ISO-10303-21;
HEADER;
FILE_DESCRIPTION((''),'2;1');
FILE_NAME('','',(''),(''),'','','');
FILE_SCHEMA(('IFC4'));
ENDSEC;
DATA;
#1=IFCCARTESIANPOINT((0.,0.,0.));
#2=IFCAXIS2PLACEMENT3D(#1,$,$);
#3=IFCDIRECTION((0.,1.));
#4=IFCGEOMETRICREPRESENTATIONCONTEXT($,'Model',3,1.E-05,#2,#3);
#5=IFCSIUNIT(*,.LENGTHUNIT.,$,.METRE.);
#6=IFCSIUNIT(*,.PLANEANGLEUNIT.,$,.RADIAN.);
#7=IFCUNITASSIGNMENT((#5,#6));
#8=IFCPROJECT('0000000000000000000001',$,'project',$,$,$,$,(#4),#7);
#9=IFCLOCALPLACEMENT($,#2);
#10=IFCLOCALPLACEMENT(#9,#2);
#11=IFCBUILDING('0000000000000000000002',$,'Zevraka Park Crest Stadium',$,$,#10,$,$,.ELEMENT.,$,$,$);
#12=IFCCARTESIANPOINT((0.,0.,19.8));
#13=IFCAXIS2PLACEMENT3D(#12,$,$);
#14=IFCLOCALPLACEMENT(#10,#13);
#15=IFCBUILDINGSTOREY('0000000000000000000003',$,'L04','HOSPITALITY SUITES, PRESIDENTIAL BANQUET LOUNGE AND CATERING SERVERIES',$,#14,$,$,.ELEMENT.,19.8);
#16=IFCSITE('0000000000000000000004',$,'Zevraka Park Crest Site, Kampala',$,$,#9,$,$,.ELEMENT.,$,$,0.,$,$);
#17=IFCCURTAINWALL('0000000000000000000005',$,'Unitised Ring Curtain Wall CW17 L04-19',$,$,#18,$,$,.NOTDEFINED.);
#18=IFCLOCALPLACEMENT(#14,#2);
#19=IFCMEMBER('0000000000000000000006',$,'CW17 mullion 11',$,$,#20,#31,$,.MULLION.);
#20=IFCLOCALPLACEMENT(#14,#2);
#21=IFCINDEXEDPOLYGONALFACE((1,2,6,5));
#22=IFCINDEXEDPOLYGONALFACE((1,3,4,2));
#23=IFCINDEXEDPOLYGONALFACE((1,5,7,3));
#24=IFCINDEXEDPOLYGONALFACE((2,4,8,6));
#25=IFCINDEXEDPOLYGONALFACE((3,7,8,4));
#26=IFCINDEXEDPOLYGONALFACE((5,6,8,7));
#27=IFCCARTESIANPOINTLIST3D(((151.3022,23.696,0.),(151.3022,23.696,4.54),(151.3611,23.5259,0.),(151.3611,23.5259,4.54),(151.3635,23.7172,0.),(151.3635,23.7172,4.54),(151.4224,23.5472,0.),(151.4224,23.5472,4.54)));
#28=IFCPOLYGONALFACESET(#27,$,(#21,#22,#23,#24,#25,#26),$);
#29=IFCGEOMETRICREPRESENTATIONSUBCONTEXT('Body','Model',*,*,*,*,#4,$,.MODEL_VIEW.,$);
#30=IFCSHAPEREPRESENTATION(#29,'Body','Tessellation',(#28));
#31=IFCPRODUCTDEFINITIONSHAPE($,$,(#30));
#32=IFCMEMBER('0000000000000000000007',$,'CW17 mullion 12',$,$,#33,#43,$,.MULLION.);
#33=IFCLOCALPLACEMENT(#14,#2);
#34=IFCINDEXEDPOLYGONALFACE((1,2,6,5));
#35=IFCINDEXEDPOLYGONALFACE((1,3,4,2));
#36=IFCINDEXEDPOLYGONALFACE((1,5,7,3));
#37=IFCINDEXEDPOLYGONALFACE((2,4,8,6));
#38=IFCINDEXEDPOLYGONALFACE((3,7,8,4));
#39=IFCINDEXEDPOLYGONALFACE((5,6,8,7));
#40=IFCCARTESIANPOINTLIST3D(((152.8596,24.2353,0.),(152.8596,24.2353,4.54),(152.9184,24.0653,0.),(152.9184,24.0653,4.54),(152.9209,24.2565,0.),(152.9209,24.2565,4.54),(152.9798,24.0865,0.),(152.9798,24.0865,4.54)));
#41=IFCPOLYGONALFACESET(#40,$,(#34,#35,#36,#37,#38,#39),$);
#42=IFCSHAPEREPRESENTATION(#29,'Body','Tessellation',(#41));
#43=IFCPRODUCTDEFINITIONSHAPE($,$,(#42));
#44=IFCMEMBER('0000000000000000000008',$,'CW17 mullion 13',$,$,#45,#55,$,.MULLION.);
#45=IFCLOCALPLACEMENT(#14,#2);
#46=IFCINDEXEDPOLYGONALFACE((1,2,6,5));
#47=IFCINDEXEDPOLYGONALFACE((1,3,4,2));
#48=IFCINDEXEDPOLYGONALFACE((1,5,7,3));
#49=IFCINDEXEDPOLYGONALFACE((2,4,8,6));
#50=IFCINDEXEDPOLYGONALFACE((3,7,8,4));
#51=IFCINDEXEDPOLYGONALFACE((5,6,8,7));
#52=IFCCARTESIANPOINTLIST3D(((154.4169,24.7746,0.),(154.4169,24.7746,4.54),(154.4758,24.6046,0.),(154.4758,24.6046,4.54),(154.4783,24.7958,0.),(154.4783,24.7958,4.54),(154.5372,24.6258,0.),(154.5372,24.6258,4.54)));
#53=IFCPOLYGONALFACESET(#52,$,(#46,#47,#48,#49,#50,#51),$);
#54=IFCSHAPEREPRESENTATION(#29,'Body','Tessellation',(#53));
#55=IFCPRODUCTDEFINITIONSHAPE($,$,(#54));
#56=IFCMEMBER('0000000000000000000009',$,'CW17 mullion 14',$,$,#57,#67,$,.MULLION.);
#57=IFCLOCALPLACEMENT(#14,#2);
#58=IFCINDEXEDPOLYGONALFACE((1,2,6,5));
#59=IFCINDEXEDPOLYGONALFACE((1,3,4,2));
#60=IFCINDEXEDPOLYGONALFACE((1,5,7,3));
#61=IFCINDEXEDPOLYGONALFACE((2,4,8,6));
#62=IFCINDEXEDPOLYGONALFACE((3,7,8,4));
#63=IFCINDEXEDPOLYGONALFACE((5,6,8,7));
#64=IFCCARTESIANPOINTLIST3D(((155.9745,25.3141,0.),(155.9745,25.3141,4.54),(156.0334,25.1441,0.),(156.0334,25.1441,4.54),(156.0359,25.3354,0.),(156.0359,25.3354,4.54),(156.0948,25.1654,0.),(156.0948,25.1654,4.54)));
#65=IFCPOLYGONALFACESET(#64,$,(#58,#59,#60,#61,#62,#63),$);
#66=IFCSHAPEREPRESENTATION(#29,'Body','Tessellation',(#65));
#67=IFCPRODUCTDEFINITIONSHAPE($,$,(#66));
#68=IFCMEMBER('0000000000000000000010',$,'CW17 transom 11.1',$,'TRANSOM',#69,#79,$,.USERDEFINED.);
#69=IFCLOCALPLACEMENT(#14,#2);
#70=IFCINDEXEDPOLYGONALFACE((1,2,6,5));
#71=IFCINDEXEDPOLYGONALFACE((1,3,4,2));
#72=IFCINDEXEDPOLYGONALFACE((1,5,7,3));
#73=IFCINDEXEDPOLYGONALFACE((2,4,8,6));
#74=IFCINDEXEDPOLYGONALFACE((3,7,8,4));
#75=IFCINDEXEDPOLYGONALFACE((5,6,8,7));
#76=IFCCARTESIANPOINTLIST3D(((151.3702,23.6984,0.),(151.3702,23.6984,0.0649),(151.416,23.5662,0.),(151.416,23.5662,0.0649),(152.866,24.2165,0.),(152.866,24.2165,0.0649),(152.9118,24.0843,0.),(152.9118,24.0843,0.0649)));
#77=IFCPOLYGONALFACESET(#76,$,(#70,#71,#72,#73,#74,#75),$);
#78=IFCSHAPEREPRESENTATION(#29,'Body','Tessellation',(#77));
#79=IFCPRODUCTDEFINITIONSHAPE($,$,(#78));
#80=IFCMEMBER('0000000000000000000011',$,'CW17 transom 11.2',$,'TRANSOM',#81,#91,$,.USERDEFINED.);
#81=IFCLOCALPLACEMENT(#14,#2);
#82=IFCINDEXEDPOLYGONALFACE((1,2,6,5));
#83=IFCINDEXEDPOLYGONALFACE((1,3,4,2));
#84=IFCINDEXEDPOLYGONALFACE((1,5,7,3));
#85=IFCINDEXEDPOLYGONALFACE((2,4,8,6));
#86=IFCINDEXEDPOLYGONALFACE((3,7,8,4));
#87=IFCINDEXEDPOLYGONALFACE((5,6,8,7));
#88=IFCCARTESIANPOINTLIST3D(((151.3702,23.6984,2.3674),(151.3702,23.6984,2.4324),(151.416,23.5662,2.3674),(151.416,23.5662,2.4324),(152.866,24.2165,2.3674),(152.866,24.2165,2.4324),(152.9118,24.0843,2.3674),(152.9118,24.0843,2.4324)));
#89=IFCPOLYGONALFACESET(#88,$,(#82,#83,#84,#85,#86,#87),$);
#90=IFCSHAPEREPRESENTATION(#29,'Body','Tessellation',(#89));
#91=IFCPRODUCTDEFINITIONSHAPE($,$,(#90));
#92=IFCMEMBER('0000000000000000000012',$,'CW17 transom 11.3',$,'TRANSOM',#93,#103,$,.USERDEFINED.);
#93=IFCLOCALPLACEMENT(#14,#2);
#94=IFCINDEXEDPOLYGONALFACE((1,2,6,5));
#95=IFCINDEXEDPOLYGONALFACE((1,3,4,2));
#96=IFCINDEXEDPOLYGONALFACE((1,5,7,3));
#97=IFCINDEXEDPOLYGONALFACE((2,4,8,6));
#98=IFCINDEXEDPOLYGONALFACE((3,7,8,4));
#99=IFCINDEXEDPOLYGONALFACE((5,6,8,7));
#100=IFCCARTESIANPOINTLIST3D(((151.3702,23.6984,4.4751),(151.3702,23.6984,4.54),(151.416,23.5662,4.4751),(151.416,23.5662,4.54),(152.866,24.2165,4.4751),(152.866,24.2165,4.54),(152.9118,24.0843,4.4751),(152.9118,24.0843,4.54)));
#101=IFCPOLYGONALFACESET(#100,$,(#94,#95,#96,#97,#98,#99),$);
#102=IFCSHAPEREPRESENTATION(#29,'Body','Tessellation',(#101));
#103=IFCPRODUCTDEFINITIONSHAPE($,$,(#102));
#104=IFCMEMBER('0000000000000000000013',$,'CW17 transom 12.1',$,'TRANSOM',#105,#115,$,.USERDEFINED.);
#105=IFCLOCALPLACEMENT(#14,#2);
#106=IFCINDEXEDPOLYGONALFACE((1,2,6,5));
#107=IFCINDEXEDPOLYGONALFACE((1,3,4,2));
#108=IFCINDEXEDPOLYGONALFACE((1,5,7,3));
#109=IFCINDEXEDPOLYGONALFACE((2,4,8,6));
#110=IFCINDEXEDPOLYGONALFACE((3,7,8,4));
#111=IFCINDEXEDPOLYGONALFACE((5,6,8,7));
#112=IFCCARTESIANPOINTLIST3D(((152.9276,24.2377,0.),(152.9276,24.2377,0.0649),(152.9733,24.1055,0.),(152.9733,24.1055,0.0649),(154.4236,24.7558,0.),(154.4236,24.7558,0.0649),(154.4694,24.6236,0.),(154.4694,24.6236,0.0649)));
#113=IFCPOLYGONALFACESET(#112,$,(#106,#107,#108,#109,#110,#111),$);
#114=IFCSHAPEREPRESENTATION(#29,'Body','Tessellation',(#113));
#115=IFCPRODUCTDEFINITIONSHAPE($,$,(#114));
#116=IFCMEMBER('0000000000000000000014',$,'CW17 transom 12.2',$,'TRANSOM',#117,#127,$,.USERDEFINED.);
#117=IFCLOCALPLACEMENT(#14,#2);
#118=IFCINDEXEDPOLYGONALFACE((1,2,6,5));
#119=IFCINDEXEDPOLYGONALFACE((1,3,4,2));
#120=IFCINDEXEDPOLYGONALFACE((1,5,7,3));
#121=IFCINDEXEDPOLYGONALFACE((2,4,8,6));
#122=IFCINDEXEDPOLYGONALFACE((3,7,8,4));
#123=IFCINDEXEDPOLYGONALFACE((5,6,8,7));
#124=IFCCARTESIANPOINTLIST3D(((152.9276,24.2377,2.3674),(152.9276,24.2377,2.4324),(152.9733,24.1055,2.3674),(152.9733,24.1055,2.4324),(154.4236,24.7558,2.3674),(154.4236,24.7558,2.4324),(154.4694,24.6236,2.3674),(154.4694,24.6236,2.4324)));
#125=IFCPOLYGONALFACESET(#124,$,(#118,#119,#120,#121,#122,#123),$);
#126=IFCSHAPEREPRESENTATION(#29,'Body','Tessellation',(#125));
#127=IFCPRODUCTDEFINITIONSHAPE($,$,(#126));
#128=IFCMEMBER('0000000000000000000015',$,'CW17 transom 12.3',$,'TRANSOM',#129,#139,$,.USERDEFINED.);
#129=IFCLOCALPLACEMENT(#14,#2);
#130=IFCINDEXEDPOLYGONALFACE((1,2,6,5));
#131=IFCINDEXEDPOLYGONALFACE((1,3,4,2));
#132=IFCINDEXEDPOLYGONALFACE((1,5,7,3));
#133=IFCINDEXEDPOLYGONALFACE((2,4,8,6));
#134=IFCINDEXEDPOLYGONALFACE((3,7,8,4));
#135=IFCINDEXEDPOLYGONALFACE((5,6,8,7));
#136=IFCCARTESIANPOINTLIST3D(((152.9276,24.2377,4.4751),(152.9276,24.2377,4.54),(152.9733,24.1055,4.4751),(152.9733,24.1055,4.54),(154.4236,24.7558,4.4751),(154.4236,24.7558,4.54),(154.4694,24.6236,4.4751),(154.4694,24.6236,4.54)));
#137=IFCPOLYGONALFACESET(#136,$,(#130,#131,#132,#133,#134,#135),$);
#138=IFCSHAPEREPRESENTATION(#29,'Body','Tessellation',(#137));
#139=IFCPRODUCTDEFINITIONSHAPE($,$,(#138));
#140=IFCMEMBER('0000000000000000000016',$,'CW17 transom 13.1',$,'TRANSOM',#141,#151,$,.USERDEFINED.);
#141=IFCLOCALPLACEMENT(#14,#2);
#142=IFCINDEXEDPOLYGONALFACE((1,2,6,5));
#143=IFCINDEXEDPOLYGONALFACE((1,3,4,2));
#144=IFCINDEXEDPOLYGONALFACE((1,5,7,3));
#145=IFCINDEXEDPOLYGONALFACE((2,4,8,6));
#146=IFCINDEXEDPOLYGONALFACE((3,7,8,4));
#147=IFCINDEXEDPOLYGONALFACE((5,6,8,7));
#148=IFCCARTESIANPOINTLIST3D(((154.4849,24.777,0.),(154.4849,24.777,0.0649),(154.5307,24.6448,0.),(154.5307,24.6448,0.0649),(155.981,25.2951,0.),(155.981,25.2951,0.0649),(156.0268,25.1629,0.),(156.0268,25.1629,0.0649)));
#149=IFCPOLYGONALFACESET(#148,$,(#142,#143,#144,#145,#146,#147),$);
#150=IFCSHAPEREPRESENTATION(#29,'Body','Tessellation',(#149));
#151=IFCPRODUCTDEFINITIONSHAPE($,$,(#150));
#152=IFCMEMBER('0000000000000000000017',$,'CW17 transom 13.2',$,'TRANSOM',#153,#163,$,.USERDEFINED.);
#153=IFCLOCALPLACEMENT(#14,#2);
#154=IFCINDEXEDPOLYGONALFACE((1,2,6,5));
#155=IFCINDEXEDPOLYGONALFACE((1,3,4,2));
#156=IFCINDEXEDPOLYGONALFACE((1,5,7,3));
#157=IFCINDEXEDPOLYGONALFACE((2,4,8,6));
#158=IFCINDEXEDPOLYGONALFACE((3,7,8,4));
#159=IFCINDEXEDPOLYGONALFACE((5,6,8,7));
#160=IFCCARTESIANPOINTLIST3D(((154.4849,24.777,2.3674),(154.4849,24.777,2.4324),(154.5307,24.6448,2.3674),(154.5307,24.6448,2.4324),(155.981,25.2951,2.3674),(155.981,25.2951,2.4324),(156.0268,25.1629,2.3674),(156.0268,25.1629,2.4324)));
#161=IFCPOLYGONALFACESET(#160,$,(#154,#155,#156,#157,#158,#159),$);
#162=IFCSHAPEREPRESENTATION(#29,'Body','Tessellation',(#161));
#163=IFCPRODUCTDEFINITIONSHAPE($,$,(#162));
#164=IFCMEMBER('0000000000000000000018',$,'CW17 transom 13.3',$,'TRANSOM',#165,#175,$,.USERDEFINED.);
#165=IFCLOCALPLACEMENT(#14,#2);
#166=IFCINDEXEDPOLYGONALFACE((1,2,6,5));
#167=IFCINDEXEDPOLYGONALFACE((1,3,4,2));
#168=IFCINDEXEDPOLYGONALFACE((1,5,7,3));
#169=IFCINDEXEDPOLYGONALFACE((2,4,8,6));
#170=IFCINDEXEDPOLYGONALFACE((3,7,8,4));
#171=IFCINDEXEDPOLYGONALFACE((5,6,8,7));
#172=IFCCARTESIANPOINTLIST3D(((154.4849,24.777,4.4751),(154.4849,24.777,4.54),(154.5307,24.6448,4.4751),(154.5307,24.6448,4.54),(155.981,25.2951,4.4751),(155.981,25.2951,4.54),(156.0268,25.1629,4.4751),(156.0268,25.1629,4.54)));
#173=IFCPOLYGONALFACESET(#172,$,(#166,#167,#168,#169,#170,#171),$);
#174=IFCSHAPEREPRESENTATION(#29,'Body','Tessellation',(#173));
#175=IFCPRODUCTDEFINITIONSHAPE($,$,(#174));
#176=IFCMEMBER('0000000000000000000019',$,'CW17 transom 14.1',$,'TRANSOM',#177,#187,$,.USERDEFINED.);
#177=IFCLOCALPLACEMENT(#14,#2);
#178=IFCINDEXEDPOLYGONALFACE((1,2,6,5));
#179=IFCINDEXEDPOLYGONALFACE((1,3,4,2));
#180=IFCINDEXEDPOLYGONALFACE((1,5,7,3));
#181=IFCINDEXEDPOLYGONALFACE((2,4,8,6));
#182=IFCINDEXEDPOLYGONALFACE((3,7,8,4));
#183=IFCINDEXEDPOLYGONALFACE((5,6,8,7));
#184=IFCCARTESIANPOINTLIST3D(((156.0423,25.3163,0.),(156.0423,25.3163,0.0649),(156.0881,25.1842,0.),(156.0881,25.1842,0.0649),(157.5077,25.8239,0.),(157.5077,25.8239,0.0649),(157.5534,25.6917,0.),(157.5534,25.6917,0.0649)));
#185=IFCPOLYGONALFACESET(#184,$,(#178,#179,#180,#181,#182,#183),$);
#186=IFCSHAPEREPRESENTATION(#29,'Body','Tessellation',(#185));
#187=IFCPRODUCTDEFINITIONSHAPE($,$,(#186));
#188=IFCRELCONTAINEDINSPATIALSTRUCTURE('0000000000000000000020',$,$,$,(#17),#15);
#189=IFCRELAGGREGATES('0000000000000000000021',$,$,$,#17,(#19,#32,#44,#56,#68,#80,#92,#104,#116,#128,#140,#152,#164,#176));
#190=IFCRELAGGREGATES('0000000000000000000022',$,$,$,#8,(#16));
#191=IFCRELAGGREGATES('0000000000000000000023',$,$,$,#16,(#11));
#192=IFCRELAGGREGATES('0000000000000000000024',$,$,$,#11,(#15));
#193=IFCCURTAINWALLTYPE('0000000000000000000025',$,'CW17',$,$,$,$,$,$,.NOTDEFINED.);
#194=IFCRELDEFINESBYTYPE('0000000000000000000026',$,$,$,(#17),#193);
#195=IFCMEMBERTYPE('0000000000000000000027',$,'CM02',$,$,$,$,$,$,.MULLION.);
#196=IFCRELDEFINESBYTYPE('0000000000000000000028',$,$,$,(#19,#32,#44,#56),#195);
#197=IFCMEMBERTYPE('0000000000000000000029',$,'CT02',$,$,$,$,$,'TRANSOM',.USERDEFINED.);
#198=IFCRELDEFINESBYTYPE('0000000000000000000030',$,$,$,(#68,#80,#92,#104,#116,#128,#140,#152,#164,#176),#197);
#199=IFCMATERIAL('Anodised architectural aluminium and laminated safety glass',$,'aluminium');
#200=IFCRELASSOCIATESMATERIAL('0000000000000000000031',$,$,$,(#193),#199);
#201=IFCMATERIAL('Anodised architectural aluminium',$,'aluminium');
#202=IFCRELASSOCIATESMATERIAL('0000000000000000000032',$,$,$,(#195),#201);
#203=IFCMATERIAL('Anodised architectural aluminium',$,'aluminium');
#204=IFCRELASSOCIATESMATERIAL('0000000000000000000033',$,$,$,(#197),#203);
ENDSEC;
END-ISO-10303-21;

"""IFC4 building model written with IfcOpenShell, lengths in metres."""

from ifc_helpers import new_model, si_unit, direction, frame, origin, origin_2d, place, context, subcontext, project, spatial, rectangle, extrude, material, material_profile, profile_set, type_object, element, aggregate, save


model = new_model("IFC4")

# Units and contexts
model_context = context("Model", 3, precision=1e-05, world=origin(), true_north=direction((0.0, 1.0)))
body_context = subcontext(model_context, "Body", "Model", "MODEL_VIEW")
ifc_project = project(units=[si_unit("LENGTHUNIT", "METRE"), si_unit("PLANEANGLEUNIT", "RADIAN")], contexts=[model_context])

# Site, building, storey
site_placement = place(None, origin())
site = spatial("IfcSite", under=ifc_project, at=site_placement, Name="Zevraka Park Crest Site, Kampala", CompositionType="ELEMENT", RefElevation=0.0)
building_placement = place(site_placement, origin())
building = spatial("IfcBuilding", under=site, at=building_placement, Name="Zevraka Park Crest Stadium", CompositionType="ELEMENT")
storey_placement = place(building_placement, frame((0.0, 0.0, 19.8)))
storey = spatial("IfcBuildingStorey", under=building, at=storey_placement, Name="L04", Description="HOSPITALITY SUITES, PRESIDENTIAL BANQUET LOUNGE AND CATERING SERVERIES", CompositionType="ELEMENT", Elevation=19.8)

# Curtain wall, members
ifc_material_1 = material(Name="Anodised architectural aluminium and laminated safety glass", Category="aluminium")
curtain_wall_type = type_object("IfcCurtainWallType", Name="CW17", PredefinedType="NOTDEFINED", material=ifc_material_1)
curtain_wall_placement = place(storey_placement, origin())
curtain_wall = element("IfcCurtainWall", 1, at=curtain_wall_placement, inside=storey, type_object=curtain_wall_type, Name="Unitised Ring Curtain Wall CW17 L04-19", PredefinedType="NOTDEFINED")
ifc_material_2 = material(Name="Anodised architectural aluminium", Category="aluminium")
ifc_material_profile_1 = material_profile(ifc_material_2, rectangle(XDim=0.1799, YDim=0.0649, at=origin_2d()), Name="ALU MULLION 180x65")
ifc_profile_set_1 = profile_set([ifc_material_profile_1], Name="Anodised architectural aluminium")
member_type_1 = type_object("IfcMemberType", Name="CM02", PredefinedType="MULLION", material=ifc_profile_set_1)
member_1_placement = place(storey_placement, frame((151.3623, 23.6216, 0.0), z_axis=(0.0, 0.0, 1.0), x_axis=(-0.327245, 0.94494, 0.0)))
member_1 = element("IfcMember", 2, at=member_1_placement, type_object=member_type_1, Name="CW17 mullion 11", PredefinedType="MULLION", context=body_context, shape_type="SweptSolid", body=[
    extrude(rectangle(XDim=0.1799, YDim=0.0649, at=origin_2d()), origin(), (0.0, 0.0, 1.0), 4.54),
])
member_2_placement = place(storey_placement, frame((152.9197, 24.1609, 0.0), z_axis=(0.0, 0.0, 1.0), x_axis=(-0.327245, 0.94494, 0.0)))
member_2 = element("IfcMember", 3, at=member_2_placement, type_object=member_type_1, Name="CW17 mullion 12", PredefinedType="MULLION", context=body_context, shape_type="SweptSolid", body=[
    extrude(rectangle(XDim=0.1799, YDim=0.0649, at=origin_2d()), origin(), (0.0, 0.0, 1.0), 4.54),
])
member_3_placement = place(storey_placement, frame((154.4771, 24.7002, 0.0), z_axis=(0.0, 0.0, 1.0), x_axis=(-0.327245, 0.94494, 0.0)))
member_3 = element("IfcMember", 4, at=member_3_placement, type_object=member_type_1, Name="CW17 mullion 13", PredefinedType="MULLION", context=body_context, shape_type="SweptSolid", body=[
    extrude(rectangle(XDim=0.1799, YDim=0.0649, at=origin_2d()), origin(), (0.0, 0.0, 1.0), 4.54),
])
member_4_placement = place(storey_placement, frame((156.0347, 25.2397, 0.0), z_axis=(0.0, 0.0, 1.0), x_axis=(-0.327245, 0.94494, 0.0)))
member_4 = element("IfcMember", 5, at=member_4_placement, type_object=member_type_1, Name="CW17 mullion 14", PredefinedType="MULLION", context=body_context, shape_type="SweptSolid", body=[
    extrude(rectangle(XDim=0.1799, YDim=0.0649, at=origin_2d()), origin(), (0.0, 0.0, 1.0), 4.54),
])
ifc_material_3 = material(Name="Anodised architectural aluminium", Category="aluminium")
ifc_material_profile_2 = material_profile(ifc_material_3, rectangle(XDim=0.1399, YDim=0.0649, at=origin_2d()), Name="ALU TRANSOM 140x65")
ifc_profile_set_2 = profile_set([ifc_material_profile_2], Name="Anodised architectural aluminium")
member_type_2 = type_object("IfcMemberType", Name="CT02", ElementType="TRANSOM", PredefinedType="USERDEFINED", material=ifc_profile_set_2)
member_5_placement = place(storey_placement, frame((151.3931, 23.6323, 0.0325), z_axis=(0.944933, 0.327264, 0.0), x_axis=(-0.327264, 0.944933, 0.0)))
member_5 = element("IfcMember", 6, at=member_5_placement, type_object=member_type_2, Name="CW17 transom 11.1", ObjectType="TRANSOM", PredefinedType="USERDEFINED", context=body_context, shape_type="SweptSolid", body=[
    extrude(rectangle(XDim=0.1399, YDim=0.0649, at=origin_2d()), origin(), (0.0, 0.0, 1.0), 1.583),
])
member_6_placement = place(storey_placement, frame((151.3931, 23.6323, 2.3999), z_axis=(0.944933, 0.327264, 0.0), x_axis=(-0.327264, 0.944933, 0.0)))
member_6 = element("IfcMember", 7, at=member_6_placement, type_object=member_type_2, Name="CW17 transom 11.2", ObjectType="TRANSOM", PredefinedType="USERDEFINED", context=body_context, shape_type="SweptSolid", body=[
    extrude(rectangle(XDim=0.1399, YDim=0.0649, at=origin_2d()), origin(), (0.0, 0.0, 1.0), 1.583),
])
member_7_placement = place(storey_placement, frame((151.3931, 23.6323, 4.5076), z_axis=(0.944933, 0.327264, 0.0), x_axis=(-0.327264, 0.944933, 0.0)))
member_7 = element("IfcMember", 8, at=member_7_placement, type_object=member_type_2, Name="CW17 transom 11.3", ObjectType="TRANSOM", PredefinedType="USERDEFINED", context=body_context, shape_type="SweptSolid", body=[
    extrude(rectangle(XDim=0.1399, YDim=0.0649, at=origin_2d()), origin(), (0.0, 0.0, 1.0), 1.583),
])
member_8_placement = place(storey_placement, frame((152.9504, 24.1716, 0.0325), z_axis=(0.944949, 0.327216, 0.0), x_axis=(-0.327216, 0.944949, 0.0)))
member_8 = element("IfcMember", 9, at=member_8_placement, type_object=member_type_2, Name="CW17 transom 12.1", ObjectType="TRANSOM", PredefinedType="USERDEFINED", context=body_context, shape_type="SweptSolid", body=[
    extrude(rectangle(XDim=0.1399, YDim=0.0649, at=origin_2d()), origin(), (0.0, 0.0, 1.0), 1.5833),
])
member_9_placement = place(storey_placement, frame((152.9504, 24.1716, 2.3999), z_axis=(0.944949, 0.327216, 0.0), x_axis=(-0.327216, 0.944949, 0.0)))
member_9 = element("IfcMember", 10, at=member_9_placement, type_object=member_type_2, Name="CW17 transom 12.2", ObjectType="TRANSOM", PredefinedType="USERDEFINED", context=body_context, shape_type="SweptSolid", body=[
    extrude(rectangle(XDim=0.1399, YDim=0.0649, at=origin_2d()), origin(), (0.0, 0.0, 1.0), 1.5833),
])
member_10_placement = place(storey_placement, frame((152.9504, 24.1716, 4.5076), z_axis=(0.944949, 0.327216, 0.0), x_axis=(-0.327216, 0.944949, 0.0)))
member_10 = element("IfcMember", 11, at=member_10_placement, type_object=member_type_2, Name="CW17 transom 12.3", ObjectType="TRANSOM", PredefinedType="USERDEFINED", context=body_context, shape_type="SweptSolid", body=[
    extrude(rectangle(XDim=0.1399, YDim=0.0649, at=origin_2d()), origin(), (0.0, 0.0, 1.0), 1.5833),
])
member_11_placement = place(storey_placement, frame((154.5078, 24.7109, 0.0325), z_axis=(0.944949, 0.327216, 0.0), x_axis=(-0.327216, 0.944949, 0.0)))
member_11 = element("IfcMember", 12, at=member_11_placement, type_object=member_type_2, Name="CW17 transom 13.1", ObjectType="TRANSOM", PredefinedType="USERDEFINED", context=body_context, shape_type="SweptSolid", body=[
    extrude(rectangle(XDim=0.1399, YDim=0.0649, at=origin_2d()), origin(), (0.0, 0.0, 1.0), 1.5833),
])
member_12_placement = place(storey_placement, frame((154.5078, 24.7109, 2.3999), z_axis=(0.944949, 0.327216, 0.0), x_axis=(-0.327216, 0.944949, 0.0)))
member_12 = element("IfcMember", 13, at=member_12_placement, type_object=member_type_2, Name="CW17 transom 13.2", ObjectType="TRANSOM", PredefinedType="USERDEFINED", context=body_context, shape_type="SweptSolid", body=[
    extrude(rectangle(XDim=0.1399, YDim=0.0649, at=origin_2d()), origin(), (0.0, 0.0, 1.0), 1.5833),
])
member_13_placement = place(storey_placement, frame((154.5078, 24.7109, 4.5076), z_axis=(0.944949, 0.327216, 0.0), x_axis=(-0.327216, 0.944949, 0.0)))
member_13 = element("IfcMember", 14, at=member_13_placement, type_object=member_type_2, Name="CW17 transom 13.3", ObjectType="TRANSOM", PredefinedType="USERDEFINED", context=body_context, shape_type="SweptSolid", body=[
    extrude(rectangle(XDim=0.1399, YDim=0.0649, at=origin_2d()), origin(), (0.0, 0.0, 1.0), 1.5833),
])
member_14_placement = place(storey_placement, frame((156.0652, 25.2502, 0.0325), z_axis=(0.944919, 0.327305, 0.0), x_axis=(-0.327305, 0.944919, 0.0)))
member_14 = element("IfcMember", 15, at=member_14_placement, type_object=member_type_2, Name="CW17 transom 14.1", ObjectType="TRANSOM", PredefinedType="USERDEFINED", context=body_context, shape_type="SweptSolid", body=[
    extrude(rectangle(XDim=0.1399, YDim=0.0649, at=origin_2d()), origin(), (0.0, 0.0, 1.0), 1.5508),
])
aggregate(curtain_wall, [member_1, member_2, member_3, member_4, member_5, member_6, member_7, member_8, member_9, member_10, member_11, member_12, member_13, member_14])

save(model, "model.ifc")
